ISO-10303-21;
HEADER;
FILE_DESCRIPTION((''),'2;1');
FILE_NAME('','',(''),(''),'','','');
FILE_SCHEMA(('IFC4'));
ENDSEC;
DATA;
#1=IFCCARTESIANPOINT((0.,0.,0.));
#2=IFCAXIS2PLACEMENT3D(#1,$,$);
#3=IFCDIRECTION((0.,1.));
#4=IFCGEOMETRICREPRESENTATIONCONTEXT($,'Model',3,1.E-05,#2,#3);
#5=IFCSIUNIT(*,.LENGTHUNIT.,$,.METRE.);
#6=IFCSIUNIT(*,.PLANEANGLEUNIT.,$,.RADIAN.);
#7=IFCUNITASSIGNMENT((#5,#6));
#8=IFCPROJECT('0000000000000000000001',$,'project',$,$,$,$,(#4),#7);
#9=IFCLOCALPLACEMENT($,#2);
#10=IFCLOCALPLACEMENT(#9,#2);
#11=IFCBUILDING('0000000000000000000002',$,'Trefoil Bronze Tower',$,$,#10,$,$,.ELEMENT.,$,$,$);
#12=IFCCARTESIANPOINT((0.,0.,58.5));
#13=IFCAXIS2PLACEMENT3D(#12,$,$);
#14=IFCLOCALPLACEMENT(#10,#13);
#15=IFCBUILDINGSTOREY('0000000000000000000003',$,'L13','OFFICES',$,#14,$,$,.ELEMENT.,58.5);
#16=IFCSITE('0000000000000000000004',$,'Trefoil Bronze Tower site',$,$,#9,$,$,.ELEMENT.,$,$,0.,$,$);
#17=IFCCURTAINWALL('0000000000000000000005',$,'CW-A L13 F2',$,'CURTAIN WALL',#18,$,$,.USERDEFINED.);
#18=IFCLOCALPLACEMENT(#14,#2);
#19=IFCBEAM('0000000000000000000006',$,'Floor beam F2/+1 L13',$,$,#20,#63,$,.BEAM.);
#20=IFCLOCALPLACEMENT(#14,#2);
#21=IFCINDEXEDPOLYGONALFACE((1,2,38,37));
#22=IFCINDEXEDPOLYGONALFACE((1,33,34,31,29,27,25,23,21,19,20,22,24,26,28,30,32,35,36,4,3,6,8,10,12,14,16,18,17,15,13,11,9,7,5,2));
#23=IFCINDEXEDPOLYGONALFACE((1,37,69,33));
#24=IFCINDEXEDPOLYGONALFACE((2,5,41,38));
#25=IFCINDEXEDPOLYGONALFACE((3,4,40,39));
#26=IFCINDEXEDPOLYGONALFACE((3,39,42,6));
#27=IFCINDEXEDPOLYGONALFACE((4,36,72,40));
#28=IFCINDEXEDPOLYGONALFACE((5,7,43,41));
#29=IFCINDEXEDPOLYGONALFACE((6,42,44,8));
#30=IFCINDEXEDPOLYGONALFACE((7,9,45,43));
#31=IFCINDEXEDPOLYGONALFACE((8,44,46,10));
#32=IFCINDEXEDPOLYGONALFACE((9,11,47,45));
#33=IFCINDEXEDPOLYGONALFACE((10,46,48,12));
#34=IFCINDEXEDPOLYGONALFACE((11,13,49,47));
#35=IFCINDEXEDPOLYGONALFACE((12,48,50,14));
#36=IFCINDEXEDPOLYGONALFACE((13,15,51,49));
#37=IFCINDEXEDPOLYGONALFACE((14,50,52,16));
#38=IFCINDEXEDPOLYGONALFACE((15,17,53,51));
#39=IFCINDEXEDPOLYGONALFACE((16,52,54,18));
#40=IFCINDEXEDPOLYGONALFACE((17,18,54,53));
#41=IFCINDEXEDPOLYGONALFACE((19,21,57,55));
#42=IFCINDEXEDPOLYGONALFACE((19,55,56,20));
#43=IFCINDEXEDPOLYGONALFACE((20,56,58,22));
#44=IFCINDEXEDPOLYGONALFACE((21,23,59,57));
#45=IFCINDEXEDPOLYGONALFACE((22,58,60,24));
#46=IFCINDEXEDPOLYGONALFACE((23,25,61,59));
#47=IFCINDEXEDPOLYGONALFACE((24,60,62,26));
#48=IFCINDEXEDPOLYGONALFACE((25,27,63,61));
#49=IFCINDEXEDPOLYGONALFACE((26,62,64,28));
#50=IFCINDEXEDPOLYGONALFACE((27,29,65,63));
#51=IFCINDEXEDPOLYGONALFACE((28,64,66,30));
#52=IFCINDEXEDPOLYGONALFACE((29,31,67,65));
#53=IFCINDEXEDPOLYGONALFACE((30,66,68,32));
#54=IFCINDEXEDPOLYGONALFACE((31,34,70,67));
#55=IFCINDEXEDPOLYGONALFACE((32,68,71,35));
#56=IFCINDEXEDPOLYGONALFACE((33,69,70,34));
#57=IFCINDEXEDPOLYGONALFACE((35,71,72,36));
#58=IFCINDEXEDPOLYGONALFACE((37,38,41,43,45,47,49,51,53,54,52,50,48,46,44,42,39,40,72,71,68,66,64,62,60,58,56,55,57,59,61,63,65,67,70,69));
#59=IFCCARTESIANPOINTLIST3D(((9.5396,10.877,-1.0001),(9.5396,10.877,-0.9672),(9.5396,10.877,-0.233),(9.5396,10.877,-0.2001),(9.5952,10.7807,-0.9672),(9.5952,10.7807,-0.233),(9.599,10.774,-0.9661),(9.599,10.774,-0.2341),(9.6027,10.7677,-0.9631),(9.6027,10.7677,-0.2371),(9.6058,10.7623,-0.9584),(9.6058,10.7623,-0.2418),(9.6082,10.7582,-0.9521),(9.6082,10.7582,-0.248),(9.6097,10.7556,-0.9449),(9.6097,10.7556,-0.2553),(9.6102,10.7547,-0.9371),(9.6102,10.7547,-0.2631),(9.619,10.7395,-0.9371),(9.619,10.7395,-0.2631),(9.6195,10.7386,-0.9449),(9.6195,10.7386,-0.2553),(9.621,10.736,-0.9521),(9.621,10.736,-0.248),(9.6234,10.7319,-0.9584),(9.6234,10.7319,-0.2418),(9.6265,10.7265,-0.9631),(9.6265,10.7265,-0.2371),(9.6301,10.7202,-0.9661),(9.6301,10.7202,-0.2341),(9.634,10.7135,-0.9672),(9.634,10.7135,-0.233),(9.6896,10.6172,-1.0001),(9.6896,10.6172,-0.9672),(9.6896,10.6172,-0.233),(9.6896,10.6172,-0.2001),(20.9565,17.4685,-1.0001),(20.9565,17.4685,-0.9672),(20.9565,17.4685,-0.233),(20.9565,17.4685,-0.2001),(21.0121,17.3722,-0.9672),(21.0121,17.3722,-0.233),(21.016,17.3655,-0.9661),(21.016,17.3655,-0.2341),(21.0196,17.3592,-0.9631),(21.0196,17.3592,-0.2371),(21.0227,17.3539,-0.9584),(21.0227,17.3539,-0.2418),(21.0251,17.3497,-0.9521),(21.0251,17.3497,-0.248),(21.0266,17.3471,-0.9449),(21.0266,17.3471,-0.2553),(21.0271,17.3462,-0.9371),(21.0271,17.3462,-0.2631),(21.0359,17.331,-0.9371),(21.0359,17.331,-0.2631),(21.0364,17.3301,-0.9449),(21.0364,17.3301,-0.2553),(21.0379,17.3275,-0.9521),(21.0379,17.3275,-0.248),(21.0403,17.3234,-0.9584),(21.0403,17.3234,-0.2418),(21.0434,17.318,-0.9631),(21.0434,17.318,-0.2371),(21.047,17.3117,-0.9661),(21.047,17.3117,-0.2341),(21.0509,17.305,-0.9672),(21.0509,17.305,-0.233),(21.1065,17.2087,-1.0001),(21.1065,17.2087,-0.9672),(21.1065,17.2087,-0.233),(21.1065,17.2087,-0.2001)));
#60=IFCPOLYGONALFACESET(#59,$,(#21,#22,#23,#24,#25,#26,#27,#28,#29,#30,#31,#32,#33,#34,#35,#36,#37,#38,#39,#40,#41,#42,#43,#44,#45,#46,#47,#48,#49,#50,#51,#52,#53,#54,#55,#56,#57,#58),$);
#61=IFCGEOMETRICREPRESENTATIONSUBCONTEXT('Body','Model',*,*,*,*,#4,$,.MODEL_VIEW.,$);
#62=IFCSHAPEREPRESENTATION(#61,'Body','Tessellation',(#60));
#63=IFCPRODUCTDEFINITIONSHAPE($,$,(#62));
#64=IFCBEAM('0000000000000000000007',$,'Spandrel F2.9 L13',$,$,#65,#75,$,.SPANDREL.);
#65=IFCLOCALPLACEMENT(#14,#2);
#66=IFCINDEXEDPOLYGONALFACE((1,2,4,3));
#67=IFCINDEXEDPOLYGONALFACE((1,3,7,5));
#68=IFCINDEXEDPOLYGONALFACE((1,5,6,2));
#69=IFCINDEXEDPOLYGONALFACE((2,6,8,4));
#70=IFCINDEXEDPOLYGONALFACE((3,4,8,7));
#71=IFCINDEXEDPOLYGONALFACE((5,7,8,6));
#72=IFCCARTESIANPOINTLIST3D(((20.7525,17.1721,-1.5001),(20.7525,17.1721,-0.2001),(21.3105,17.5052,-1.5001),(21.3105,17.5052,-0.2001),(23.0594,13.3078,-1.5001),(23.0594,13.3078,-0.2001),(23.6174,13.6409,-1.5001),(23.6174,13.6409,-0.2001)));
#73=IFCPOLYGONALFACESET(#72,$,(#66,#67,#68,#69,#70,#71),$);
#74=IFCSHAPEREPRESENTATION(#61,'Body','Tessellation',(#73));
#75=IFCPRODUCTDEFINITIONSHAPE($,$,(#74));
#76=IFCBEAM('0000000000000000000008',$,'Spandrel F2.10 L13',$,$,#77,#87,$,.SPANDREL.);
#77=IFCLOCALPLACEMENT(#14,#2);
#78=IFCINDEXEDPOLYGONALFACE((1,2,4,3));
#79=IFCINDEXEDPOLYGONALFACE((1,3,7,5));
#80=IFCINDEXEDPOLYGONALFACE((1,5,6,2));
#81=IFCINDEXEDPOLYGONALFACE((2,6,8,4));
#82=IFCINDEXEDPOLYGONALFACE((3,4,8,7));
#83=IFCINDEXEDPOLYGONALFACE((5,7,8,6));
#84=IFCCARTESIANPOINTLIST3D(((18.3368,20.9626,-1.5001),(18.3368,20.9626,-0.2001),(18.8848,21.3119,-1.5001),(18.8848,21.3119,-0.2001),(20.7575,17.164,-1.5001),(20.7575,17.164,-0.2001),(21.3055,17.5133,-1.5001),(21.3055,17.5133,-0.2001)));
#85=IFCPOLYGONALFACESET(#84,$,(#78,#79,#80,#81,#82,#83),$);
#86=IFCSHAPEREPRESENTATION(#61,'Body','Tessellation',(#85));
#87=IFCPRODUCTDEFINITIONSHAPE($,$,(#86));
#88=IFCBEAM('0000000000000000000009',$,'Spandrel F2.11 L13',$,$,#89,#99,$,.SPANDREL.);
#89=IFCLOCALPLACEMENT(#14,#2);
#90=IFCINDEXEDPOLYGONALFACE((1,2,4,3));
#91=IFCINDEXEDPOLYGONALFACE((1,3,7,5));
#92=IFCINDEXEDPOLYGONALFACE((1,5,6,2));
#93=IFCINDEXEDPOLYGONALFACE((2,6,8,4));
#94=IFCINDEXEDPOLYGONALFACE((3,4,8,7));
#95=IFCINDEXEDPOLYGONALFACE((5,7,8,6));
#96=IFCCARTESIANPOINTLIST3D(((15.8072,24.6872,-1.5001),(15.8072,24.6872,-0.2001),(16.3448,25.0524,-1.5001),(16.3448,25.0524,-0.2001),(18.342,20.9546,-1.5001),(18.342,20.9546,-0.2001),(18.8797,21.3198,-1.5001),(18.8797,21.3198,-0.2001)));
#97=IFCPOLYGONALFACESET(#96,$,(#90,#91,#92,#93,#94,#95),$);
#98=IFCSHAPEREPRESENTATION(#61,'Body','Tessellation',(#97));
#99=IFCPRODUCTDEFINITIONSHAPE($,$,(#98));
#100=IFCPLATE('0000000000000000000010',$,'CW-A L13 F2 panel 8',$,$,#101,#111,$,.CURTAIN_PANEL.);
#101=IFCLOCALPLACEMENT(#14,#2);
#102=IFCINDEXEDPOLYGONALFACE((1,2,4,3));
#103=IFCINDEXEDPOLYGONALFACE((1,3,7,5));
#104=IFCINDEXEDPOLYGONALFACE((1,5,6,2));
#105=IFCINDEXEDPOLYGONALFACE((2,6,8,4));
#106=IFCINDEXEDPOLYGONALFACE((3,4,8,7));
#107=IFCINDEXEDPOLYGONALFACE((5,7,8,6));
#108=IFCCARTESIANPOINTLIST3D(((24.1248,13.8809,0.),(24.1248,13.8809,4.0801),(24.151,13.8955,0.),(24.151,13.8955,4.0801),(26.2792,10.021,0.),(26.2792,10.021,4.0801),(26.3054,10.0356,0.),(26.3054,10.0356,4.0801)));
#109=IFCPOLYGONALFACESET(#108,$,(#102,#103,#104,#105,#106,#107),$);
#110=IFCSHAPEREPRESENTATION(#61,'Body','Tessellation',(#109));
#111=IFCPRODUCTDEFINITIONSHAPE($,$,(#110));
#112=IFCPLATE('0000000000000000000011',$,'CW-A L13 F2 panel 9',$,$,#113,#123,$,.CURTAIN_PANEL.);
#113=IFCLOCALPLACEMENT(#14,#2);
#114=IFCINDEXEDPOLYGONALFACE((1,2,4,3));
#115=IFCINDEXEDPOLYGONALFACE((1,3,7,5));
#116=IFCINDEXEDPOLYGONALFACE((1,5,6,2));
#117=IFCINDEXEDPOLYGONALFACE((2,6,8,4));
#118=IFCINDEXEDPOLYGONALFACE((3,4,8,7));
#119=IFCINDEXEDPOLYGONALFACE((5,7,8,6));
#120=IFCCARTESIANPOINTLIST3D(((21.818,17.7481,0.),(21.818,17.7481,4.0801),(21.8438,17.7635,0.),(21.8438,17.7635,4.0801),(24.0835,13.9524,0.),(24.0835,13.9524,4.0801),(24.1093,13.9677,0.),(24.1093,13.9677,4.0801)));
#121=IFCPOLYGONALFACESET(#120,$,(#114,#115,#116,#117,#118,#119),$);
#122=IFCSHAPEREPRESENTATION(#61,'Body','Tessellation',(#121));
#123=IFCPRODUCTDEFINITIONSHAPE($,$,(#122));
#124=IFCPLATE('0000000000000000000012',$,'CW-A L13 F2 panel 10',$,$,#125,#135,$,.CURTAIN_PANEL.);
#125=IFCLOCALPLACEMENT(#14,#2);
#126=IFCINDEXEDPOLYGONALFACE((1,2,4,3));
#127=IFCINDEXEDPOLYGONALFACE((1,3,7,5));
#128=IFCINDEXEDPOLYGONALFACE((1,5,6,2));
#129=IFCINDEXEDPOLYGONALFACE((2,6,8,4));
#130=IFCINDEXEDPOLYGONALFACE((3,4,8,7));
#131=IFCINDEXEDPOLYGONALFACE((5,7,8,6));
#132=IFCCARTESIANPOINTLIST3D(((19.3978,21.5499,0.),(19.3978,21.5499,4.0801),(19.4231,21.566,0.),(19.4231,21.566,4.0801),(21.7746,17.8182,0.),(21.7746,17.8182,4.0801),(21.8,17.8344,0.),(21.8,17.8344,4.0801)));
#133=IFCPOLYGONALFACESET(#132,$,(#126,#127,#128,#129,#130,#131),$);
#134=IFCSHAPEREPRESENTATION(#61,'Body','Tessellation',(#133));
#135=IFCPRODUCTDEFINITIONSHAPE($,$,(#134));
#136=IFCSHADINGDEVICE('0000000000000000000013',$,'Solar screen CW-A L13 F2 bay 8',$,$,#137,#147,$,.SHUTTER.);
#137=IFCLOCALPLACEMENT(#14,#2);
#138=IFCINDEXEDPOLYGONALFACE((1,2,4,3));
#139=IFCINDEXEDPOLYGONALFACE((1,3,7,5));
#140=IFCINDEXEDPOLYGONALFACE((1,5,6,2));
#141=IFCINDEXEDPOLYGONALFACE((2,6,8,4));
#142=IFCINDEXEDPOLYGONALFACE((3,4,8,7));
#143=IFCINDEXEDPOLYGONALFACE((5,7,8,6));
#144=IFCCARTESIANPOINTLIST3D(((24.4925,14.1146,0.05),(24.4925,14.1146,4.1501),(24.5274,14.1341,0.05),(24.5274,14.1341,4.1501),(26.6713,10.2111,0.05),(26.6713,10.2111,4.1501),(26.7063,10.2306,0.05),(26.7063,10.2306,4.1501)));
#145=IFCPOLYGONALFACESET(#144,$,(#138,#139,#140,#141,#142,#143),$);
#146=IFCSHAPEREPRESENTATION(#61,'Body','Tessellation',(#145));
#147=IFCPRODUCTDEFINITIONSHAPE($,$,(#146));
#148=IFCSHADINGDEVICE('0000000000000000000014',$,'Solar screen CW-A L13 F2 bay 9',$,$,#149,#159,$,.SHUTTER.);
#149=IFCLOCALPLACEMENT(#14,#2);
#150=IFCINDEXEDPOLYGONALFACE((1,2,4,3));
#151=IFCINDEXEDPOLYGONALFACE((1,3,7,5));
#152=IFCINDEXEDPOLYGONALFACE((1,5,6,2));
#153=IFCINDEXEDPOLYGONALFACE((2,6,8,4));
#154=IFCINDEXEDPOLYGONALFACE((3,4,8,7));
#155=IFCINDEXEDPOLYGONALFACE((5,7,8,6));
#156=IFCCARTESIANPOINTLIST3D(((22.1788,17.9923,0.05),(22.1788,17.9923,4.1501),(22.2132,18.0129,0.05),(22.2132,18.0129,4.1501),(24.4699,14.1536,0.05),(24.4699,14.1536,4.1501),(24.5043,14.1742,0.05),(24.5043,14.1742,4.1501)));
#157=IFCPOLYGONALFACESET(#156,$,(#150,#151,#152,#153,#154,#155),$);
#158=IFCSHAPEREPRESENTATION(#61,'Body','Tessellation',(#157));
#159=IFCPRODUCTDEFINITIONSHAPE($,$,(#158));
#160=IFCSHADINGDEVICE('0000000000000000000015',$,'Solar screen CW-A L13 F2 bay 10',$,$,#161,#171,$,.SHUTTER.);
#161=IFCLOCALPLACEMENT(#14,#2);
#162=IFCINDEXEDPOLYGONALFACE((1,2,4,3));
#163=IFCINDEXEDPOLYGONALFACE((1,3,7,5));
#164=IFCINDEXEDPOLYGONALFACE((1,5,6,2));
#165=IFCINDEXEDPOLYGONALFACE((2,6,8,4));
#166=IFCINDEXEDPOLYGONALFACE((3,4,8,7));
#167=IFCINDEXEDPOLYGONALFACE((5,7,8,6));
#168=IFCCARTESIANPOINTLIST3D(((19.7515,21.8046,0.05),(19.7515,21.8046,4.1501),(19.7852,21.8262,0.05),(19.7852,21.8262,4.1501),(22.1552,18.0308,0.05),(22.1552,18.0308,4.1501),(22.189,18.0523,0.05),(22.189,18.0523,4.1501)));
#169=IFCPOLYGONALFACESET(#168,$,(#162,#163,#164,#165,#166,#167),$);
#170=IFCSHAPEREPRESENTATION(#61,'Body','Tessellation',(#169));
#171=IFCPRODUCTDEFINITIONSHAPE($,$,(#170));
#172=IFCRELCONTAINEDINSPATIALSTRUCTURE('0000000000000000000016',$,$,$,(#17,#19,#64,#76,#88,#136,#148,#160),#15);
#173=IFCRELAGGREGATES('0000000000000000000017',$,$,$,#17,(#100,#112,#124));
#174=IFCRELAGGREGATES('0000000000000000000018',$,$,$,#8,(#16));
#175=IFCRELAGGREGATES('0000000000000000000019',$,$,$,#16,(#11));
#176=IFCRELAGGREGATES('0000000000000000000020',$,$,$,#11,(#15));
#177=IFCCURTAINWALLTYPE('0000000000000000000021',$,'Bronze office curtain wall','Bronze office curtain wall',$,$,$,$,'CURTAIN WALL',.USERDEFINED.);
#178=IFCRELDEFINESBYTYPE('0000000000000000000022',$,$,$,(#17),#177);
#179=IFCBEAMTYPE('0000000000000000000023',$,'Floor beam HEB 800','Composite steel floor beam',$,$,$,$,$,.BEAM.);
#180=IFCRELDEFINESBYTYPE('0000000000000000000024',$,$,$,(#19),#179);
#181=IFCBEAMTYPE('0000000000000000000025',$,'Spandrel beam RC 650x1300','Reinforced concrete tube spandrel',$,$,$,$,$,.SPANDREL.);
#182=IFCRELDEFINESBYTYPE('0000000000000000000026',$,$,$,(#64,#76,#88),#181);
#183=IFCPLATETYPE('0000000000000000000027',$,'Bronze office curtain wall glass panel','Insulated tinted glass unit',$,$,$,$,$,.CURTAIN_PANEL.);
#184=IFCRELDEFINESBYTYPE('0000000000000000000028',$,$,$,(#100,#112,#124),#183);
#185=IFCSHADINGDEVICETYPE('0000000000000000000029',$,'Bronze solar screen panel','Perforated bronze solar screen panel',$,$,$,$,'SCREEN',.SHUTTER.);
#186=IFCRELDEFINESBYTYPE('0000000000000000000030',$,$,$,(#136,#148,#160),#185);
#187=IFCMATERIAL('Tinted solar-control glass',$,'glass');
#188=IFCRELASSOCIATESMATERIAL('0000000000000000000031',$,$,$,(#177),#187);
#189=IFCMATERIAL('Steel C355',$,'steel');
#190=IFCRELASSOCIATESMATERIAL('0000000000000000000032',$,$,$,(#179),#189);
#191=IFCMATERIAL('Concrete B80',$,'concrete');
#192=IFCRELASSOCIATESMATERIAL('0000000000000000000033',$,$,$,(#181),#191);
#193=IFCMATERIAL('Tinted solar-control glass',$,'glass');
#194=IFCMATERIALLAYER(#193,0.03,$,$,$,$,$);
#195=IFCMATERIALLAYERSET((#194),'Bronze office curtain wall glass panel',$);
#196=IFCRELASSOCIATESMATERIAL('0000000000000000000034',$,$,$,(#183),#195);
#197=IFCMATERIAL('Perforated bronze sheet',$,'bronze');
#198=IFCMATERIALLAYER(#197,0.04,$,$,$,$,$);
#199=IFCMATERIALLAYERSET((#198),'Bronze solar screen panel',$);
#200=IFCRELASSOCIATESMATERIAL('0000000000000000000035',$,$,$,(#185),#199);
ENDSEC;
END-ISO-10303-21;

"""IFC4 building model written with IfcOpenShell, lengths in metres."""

from ifc_helpers import new_model, si_unit, direction, frame, origin, origin_2d, place, context, subcontext, project, spatial, rectangle, i_section, extrude, material, layer, layer_set, material_profile, profile_set, type_object, element, aggregate, save


model = new_model("IFC4")

# Units and contexts
model_context = context("Model", 3, precision=1e-05, world=origin(), true_north=direction((0.0, 1.0)))
body_context = subcontext(model_context, "Body", "Model", "MODEL_VIEW")
ifc_project = project(units=[si_unit("LENGTHUNIT", "METRE"), si_unit("PLANEANGLEUNIT", "RADIAN")], contexts=[model_context])

# Site, building, storey
site_placement = place(None, origin())
site = spatial("IfcSite", under=ifc_project, at=site_placement, Name="Trefoil Bronze Tower site", CompositionType="ELEMENT", RefElevation=0.0)
building_placement = place(site_placement, origin())
building = spatial("IfcBuilding", under=site, at=building_placement, Name="Trefoil Bronze Tower", CompositionType="ELEMENT")
storey_placement = place(building_placement, frame((0.0, 0.0, 58.5)))
storey = spatial("IfcBuildingStorey", under=building, at=storey_placement, Name="L13", Description="OFFICES", CompositionType="ELEMENT", Elevation=58.5)

# Curtain wall
ifc_material_1 = material(Name="Tinted solar-control glass", Category="glass")
curtain_wall_type = type_object("IfcCurtainWallType", Name="Bronze office curtain wall", Description="Bronze office curtain wall", ElementType="CURTAIN WALL", PredefinedType="USERDEFINED", material=ifc_material_1)
curtain_wall_placement = place(storey_placement, origin())
curtain_wall = element("IfcCurtainWall", 1, at=curtain_wall_placement, inside=storey, type_object=curtain_wall_type, Name="CW-A L13 F2", ObjectType="CURTAIN WALL", PredefinedType="USERDEFINED")

# Beams
ifc_material_2 = material(Name="Steel C355", Category="steel")
ifc_material_profile_1 = material_profile(ifc_material_2, i_section(OverallWidth=0.3, OverallDepth=0.8, WebThickness=0.0176, FlangeThickness=0.033, FilletRadius=0.03, at=origin_2d()), Name="HEB 800")
ifc_profile_set_1 = profile_set([ifc_material_profile_1], Name="Steel C355")
beam_type_1 = type_object("IfcBeamType", Name="Floor beam HEB 800", Description="Composite steel floor beam", PredefinedType="BEAM", material=ifc_profile_set_1)
beam_1_placement = place(storey_placement, frame((21.0315, 17.3386, -0.6001), z_axis=(-0.866027, -0.499997, 0.0), x_axis=(0.499997, -0.866027, 0.0)))
element("IfcBeam", 2, at=beam_1_placement, inside=storey, type_object=beam_type_1, Name="Floor beam F2/+1 L13", PredefinedType="BEAM", context=body_context, shape_type="SweptSolid", body=[
    extrude(i_section(OverallWidth=0.3, OverallDepth=0.8, WebThickness=0.0176, FlangeThickness=0.033, FilletRadius=0.03, at=origin_2d()), origin(), (0.0, 0.0, 1.0), 13.1831),
])
ifc_material_3 = material(Name="Concrete B80", Category="concrete")
ifc_material_profile_2 = material_profile(ifc_material_3, rectangle(XDim=0.6499, YDim=1.3, at=origin_2d()), Name="RC 650x1300")
ifc_profile_set_2 = profile_set([ifc_material_profile_2], Name="Concrete B80")
beam_type_2 = type_object("IfcBeamType", Name="Spandrel beam RC 650x1300", Description="Reinforced concrete tube spandrel", PredefinedType="SPANDREL", material=ifc_profile_set_2)
beam_2_placement = place(storey_placement, frame((23.3384, 13.4744, -0.8501), z_axis=(-0.512588, 0.858635, 0.0), x_axis=(-0.858635, -0.512588, 0.0)))
element("IfcBeam", 3, at=beam_2_placement, inside=storey, type_object=beam_type_2, Name="Spandrel F2.9 L13", PredefinedType="SPANDREL", context=body_context, shape_type="SweptSolid", body=[
    extrude(rectangle(XDim=0.6499, YDim=1.3, at=origin_2d()), origin(), (0.0, 0.0, 1.0), 4.5005),
])
beam_3_placement = place(storey_placement, frame((21.0315, 17.3386, -0.8501), z_axis=(-0.537408, 0.843322, 0.0), x_axis=(-0.843322, -0.537408, 0.0)))
element("IfcBeam", 4, at=beam_3_placement, inside=storey, type_object=beam_type_2, Name="Spandrel F2.10 L13", PredefinedType="SPANDREL", context=body_context, shape_type="SweptSolid", body=[
    extrude(rectangle(XDim=0.6499, YDim=1.3, at=origin_2d()), origin(), (0.0, 0.0, 1.0), 4.5044),
])
beam_4_placement = place(storey_placement, frame((18.6108, 21.1372, -0.8501), z_axis=(-0.56181, 0.827267, 0.0), x_axis=(-0.827267, -0.56181, 0.0)))
element("IfcBeam", 5, at=beam_4_placement, inside=storey, type_object=beam_type_2, Name="Spandrel F2.11 L13", PredefinedType="SPANDREL", context=body_context, shape_type="SweptSolid", body=[
    extrude(rectangle(XDim=0.6499, YDim=1.3, at=origin_2d()), origin(), (0.0, 0.0, 1.0), 4.512),
])

# Plates
ifc_material_4 = material(Name="Tinted solar-control glass", Category="glass")
ifc_layer_1 = layer(ifc_material_4, 0.03)
ifc_layer_set_1 = layer_set([ifc_layer_1], Name="Bronze office curtain wall glass panel")
plate_type = type_object("IfcPlateType", Name="Bronze office curtain wall glass panel", Description="Insulated tinted glass unit", PredefinedType="CURTAIN_PANEL", material=ifc_layer_set_1)
plate_1_placement = place(storey_placement, frame((25.2151, 11.9583, 0.0), z_axis=(0.0, 0.0, 1.0), x_axis=(-0.487382, 0.873189, 0.0)))
plate_1 = element("IfcPlate", 6, at=plate_1_placement, type_object=plate_type, Name="CW-A L13 F2 panel 8", PredefinedType="CURTAIN_PANEL", context=body_context, shape_type="SweptSolid", body=[
    extrude(rectangle(XDim=4.4204, YDim=0.03, at=origin_2d()), origin(), (0.0, 0.0, 1.0), 4.0801),
])
plate_2_placement = place(storey_placement, frame((22.9636, 15.8579, 0.0), z_axis=(0.0, 0.0, 1.0), x_axis=(-0.512513, 0.85868, 0.0)))
plate_2 = element("IfcPlate", 7, at=plate_2_placement, type_object=plate_type, Name="CW-A L13 F2 panel 9", PredefinedType="CURTAIN_PANEL", context=body_context, shape_type="SweptSolid", body=[
    extrude(rectangle(XDim=4.4204, YDim=0.03, at=origin_2d()), origin(), (0.0, 0.0, 1.0), 4.0801),
])
plate_3_placement = place(storey_placement, frame((20.5989, 19.6921, 0.0), z_axis=(0.0, 0.0, 1.0), x_axis=(-0.537222, 0.843441, 0.0)))
plate_3 = element("IfcPlate", 8, at=plate_3_placement, type_object=plate_type, Name="CW-A L13 F2 panel 10", PredefinedType="CURTAIN_PANEL", context=body_context, shape_type="SweptSolid", body=[
    extrude(rectangle(XDim=4.4243, YDim=0.03, at=origin_2d()), origin(), (0.0, 0.0, 1.0), 4.0801),
])
aggregate(curtain_wall, [plate_1, plate_2, plate_3])

# Shading devices
ifc_material_5 = material(Name="Perforated bronze sheet", Category="bronze")
ifc_layer_2 = layer(ifc_material_5, 0.04)
ifc_layer_set_2 = layer_set([ifc_layer_2], Name="Bronze solar screen panel")
shading_device_type = type_object("IfcShadingDeviceType", Name="Bronze solar screen panel", Description="Perforated bronze solar screen panel", ElementType="SCREEN", PredefinedType="SHUTTER", material=ifc_layer_set_2)
for number, where, z_axis, x_axis, name in (
    (9, (25.5994, 12.1726, 0.05), (0.0, 0.0, 1.0), (-0.487382, 0.873189, 0.0), "Solar screen CW-A L13 F2 bay 8"),
    (10, (23.3416, 16.0833, 0.05), (0.0, 0.0, 1.0), (-0.512513, 0.85868, 0.0), "Solar screen CW-A L13 F2 bay 9"),
):
    element("IfcShadingDevice", number, at=place(storey_placement, frame(where, z_axis=z_axis, x_axis=x_axis)), inside=storey, type_object=shading_device_type, Name=name, PredefinedType="SHUTTER", context=body_context, shape_type="SweptSolid", body=[
        extrude(rectangle(XDim=4.4705, YDim=0.04, at=origin_2d()), origin(), (0.0, 0.0, 1.0), 4.1001),
    ])
shading_device_placement = place(storey_placement, frame((20.9702, 19.9285, 0.05), z_axis=(0.0, 0.0, 1.0), x_axis=(-0.537222, 0.843441, 0.0)))
element("IfcShadingDevice", 11, at=shading_device_placement, inside=storey, type_object=shading_device_type, Name="Solar screen CW-A L13 F2 bay 10", PredefinedType="SHUTTER", context=body_context, shape_type="SweptSolid", body=[
    extrude(rectangle(XDim=4.4744, YDim=0.04, at=origin_2d()), origin(), (0.0, 0.0, 1.0), 4.1001),
])

save(model, "model.ifc")
